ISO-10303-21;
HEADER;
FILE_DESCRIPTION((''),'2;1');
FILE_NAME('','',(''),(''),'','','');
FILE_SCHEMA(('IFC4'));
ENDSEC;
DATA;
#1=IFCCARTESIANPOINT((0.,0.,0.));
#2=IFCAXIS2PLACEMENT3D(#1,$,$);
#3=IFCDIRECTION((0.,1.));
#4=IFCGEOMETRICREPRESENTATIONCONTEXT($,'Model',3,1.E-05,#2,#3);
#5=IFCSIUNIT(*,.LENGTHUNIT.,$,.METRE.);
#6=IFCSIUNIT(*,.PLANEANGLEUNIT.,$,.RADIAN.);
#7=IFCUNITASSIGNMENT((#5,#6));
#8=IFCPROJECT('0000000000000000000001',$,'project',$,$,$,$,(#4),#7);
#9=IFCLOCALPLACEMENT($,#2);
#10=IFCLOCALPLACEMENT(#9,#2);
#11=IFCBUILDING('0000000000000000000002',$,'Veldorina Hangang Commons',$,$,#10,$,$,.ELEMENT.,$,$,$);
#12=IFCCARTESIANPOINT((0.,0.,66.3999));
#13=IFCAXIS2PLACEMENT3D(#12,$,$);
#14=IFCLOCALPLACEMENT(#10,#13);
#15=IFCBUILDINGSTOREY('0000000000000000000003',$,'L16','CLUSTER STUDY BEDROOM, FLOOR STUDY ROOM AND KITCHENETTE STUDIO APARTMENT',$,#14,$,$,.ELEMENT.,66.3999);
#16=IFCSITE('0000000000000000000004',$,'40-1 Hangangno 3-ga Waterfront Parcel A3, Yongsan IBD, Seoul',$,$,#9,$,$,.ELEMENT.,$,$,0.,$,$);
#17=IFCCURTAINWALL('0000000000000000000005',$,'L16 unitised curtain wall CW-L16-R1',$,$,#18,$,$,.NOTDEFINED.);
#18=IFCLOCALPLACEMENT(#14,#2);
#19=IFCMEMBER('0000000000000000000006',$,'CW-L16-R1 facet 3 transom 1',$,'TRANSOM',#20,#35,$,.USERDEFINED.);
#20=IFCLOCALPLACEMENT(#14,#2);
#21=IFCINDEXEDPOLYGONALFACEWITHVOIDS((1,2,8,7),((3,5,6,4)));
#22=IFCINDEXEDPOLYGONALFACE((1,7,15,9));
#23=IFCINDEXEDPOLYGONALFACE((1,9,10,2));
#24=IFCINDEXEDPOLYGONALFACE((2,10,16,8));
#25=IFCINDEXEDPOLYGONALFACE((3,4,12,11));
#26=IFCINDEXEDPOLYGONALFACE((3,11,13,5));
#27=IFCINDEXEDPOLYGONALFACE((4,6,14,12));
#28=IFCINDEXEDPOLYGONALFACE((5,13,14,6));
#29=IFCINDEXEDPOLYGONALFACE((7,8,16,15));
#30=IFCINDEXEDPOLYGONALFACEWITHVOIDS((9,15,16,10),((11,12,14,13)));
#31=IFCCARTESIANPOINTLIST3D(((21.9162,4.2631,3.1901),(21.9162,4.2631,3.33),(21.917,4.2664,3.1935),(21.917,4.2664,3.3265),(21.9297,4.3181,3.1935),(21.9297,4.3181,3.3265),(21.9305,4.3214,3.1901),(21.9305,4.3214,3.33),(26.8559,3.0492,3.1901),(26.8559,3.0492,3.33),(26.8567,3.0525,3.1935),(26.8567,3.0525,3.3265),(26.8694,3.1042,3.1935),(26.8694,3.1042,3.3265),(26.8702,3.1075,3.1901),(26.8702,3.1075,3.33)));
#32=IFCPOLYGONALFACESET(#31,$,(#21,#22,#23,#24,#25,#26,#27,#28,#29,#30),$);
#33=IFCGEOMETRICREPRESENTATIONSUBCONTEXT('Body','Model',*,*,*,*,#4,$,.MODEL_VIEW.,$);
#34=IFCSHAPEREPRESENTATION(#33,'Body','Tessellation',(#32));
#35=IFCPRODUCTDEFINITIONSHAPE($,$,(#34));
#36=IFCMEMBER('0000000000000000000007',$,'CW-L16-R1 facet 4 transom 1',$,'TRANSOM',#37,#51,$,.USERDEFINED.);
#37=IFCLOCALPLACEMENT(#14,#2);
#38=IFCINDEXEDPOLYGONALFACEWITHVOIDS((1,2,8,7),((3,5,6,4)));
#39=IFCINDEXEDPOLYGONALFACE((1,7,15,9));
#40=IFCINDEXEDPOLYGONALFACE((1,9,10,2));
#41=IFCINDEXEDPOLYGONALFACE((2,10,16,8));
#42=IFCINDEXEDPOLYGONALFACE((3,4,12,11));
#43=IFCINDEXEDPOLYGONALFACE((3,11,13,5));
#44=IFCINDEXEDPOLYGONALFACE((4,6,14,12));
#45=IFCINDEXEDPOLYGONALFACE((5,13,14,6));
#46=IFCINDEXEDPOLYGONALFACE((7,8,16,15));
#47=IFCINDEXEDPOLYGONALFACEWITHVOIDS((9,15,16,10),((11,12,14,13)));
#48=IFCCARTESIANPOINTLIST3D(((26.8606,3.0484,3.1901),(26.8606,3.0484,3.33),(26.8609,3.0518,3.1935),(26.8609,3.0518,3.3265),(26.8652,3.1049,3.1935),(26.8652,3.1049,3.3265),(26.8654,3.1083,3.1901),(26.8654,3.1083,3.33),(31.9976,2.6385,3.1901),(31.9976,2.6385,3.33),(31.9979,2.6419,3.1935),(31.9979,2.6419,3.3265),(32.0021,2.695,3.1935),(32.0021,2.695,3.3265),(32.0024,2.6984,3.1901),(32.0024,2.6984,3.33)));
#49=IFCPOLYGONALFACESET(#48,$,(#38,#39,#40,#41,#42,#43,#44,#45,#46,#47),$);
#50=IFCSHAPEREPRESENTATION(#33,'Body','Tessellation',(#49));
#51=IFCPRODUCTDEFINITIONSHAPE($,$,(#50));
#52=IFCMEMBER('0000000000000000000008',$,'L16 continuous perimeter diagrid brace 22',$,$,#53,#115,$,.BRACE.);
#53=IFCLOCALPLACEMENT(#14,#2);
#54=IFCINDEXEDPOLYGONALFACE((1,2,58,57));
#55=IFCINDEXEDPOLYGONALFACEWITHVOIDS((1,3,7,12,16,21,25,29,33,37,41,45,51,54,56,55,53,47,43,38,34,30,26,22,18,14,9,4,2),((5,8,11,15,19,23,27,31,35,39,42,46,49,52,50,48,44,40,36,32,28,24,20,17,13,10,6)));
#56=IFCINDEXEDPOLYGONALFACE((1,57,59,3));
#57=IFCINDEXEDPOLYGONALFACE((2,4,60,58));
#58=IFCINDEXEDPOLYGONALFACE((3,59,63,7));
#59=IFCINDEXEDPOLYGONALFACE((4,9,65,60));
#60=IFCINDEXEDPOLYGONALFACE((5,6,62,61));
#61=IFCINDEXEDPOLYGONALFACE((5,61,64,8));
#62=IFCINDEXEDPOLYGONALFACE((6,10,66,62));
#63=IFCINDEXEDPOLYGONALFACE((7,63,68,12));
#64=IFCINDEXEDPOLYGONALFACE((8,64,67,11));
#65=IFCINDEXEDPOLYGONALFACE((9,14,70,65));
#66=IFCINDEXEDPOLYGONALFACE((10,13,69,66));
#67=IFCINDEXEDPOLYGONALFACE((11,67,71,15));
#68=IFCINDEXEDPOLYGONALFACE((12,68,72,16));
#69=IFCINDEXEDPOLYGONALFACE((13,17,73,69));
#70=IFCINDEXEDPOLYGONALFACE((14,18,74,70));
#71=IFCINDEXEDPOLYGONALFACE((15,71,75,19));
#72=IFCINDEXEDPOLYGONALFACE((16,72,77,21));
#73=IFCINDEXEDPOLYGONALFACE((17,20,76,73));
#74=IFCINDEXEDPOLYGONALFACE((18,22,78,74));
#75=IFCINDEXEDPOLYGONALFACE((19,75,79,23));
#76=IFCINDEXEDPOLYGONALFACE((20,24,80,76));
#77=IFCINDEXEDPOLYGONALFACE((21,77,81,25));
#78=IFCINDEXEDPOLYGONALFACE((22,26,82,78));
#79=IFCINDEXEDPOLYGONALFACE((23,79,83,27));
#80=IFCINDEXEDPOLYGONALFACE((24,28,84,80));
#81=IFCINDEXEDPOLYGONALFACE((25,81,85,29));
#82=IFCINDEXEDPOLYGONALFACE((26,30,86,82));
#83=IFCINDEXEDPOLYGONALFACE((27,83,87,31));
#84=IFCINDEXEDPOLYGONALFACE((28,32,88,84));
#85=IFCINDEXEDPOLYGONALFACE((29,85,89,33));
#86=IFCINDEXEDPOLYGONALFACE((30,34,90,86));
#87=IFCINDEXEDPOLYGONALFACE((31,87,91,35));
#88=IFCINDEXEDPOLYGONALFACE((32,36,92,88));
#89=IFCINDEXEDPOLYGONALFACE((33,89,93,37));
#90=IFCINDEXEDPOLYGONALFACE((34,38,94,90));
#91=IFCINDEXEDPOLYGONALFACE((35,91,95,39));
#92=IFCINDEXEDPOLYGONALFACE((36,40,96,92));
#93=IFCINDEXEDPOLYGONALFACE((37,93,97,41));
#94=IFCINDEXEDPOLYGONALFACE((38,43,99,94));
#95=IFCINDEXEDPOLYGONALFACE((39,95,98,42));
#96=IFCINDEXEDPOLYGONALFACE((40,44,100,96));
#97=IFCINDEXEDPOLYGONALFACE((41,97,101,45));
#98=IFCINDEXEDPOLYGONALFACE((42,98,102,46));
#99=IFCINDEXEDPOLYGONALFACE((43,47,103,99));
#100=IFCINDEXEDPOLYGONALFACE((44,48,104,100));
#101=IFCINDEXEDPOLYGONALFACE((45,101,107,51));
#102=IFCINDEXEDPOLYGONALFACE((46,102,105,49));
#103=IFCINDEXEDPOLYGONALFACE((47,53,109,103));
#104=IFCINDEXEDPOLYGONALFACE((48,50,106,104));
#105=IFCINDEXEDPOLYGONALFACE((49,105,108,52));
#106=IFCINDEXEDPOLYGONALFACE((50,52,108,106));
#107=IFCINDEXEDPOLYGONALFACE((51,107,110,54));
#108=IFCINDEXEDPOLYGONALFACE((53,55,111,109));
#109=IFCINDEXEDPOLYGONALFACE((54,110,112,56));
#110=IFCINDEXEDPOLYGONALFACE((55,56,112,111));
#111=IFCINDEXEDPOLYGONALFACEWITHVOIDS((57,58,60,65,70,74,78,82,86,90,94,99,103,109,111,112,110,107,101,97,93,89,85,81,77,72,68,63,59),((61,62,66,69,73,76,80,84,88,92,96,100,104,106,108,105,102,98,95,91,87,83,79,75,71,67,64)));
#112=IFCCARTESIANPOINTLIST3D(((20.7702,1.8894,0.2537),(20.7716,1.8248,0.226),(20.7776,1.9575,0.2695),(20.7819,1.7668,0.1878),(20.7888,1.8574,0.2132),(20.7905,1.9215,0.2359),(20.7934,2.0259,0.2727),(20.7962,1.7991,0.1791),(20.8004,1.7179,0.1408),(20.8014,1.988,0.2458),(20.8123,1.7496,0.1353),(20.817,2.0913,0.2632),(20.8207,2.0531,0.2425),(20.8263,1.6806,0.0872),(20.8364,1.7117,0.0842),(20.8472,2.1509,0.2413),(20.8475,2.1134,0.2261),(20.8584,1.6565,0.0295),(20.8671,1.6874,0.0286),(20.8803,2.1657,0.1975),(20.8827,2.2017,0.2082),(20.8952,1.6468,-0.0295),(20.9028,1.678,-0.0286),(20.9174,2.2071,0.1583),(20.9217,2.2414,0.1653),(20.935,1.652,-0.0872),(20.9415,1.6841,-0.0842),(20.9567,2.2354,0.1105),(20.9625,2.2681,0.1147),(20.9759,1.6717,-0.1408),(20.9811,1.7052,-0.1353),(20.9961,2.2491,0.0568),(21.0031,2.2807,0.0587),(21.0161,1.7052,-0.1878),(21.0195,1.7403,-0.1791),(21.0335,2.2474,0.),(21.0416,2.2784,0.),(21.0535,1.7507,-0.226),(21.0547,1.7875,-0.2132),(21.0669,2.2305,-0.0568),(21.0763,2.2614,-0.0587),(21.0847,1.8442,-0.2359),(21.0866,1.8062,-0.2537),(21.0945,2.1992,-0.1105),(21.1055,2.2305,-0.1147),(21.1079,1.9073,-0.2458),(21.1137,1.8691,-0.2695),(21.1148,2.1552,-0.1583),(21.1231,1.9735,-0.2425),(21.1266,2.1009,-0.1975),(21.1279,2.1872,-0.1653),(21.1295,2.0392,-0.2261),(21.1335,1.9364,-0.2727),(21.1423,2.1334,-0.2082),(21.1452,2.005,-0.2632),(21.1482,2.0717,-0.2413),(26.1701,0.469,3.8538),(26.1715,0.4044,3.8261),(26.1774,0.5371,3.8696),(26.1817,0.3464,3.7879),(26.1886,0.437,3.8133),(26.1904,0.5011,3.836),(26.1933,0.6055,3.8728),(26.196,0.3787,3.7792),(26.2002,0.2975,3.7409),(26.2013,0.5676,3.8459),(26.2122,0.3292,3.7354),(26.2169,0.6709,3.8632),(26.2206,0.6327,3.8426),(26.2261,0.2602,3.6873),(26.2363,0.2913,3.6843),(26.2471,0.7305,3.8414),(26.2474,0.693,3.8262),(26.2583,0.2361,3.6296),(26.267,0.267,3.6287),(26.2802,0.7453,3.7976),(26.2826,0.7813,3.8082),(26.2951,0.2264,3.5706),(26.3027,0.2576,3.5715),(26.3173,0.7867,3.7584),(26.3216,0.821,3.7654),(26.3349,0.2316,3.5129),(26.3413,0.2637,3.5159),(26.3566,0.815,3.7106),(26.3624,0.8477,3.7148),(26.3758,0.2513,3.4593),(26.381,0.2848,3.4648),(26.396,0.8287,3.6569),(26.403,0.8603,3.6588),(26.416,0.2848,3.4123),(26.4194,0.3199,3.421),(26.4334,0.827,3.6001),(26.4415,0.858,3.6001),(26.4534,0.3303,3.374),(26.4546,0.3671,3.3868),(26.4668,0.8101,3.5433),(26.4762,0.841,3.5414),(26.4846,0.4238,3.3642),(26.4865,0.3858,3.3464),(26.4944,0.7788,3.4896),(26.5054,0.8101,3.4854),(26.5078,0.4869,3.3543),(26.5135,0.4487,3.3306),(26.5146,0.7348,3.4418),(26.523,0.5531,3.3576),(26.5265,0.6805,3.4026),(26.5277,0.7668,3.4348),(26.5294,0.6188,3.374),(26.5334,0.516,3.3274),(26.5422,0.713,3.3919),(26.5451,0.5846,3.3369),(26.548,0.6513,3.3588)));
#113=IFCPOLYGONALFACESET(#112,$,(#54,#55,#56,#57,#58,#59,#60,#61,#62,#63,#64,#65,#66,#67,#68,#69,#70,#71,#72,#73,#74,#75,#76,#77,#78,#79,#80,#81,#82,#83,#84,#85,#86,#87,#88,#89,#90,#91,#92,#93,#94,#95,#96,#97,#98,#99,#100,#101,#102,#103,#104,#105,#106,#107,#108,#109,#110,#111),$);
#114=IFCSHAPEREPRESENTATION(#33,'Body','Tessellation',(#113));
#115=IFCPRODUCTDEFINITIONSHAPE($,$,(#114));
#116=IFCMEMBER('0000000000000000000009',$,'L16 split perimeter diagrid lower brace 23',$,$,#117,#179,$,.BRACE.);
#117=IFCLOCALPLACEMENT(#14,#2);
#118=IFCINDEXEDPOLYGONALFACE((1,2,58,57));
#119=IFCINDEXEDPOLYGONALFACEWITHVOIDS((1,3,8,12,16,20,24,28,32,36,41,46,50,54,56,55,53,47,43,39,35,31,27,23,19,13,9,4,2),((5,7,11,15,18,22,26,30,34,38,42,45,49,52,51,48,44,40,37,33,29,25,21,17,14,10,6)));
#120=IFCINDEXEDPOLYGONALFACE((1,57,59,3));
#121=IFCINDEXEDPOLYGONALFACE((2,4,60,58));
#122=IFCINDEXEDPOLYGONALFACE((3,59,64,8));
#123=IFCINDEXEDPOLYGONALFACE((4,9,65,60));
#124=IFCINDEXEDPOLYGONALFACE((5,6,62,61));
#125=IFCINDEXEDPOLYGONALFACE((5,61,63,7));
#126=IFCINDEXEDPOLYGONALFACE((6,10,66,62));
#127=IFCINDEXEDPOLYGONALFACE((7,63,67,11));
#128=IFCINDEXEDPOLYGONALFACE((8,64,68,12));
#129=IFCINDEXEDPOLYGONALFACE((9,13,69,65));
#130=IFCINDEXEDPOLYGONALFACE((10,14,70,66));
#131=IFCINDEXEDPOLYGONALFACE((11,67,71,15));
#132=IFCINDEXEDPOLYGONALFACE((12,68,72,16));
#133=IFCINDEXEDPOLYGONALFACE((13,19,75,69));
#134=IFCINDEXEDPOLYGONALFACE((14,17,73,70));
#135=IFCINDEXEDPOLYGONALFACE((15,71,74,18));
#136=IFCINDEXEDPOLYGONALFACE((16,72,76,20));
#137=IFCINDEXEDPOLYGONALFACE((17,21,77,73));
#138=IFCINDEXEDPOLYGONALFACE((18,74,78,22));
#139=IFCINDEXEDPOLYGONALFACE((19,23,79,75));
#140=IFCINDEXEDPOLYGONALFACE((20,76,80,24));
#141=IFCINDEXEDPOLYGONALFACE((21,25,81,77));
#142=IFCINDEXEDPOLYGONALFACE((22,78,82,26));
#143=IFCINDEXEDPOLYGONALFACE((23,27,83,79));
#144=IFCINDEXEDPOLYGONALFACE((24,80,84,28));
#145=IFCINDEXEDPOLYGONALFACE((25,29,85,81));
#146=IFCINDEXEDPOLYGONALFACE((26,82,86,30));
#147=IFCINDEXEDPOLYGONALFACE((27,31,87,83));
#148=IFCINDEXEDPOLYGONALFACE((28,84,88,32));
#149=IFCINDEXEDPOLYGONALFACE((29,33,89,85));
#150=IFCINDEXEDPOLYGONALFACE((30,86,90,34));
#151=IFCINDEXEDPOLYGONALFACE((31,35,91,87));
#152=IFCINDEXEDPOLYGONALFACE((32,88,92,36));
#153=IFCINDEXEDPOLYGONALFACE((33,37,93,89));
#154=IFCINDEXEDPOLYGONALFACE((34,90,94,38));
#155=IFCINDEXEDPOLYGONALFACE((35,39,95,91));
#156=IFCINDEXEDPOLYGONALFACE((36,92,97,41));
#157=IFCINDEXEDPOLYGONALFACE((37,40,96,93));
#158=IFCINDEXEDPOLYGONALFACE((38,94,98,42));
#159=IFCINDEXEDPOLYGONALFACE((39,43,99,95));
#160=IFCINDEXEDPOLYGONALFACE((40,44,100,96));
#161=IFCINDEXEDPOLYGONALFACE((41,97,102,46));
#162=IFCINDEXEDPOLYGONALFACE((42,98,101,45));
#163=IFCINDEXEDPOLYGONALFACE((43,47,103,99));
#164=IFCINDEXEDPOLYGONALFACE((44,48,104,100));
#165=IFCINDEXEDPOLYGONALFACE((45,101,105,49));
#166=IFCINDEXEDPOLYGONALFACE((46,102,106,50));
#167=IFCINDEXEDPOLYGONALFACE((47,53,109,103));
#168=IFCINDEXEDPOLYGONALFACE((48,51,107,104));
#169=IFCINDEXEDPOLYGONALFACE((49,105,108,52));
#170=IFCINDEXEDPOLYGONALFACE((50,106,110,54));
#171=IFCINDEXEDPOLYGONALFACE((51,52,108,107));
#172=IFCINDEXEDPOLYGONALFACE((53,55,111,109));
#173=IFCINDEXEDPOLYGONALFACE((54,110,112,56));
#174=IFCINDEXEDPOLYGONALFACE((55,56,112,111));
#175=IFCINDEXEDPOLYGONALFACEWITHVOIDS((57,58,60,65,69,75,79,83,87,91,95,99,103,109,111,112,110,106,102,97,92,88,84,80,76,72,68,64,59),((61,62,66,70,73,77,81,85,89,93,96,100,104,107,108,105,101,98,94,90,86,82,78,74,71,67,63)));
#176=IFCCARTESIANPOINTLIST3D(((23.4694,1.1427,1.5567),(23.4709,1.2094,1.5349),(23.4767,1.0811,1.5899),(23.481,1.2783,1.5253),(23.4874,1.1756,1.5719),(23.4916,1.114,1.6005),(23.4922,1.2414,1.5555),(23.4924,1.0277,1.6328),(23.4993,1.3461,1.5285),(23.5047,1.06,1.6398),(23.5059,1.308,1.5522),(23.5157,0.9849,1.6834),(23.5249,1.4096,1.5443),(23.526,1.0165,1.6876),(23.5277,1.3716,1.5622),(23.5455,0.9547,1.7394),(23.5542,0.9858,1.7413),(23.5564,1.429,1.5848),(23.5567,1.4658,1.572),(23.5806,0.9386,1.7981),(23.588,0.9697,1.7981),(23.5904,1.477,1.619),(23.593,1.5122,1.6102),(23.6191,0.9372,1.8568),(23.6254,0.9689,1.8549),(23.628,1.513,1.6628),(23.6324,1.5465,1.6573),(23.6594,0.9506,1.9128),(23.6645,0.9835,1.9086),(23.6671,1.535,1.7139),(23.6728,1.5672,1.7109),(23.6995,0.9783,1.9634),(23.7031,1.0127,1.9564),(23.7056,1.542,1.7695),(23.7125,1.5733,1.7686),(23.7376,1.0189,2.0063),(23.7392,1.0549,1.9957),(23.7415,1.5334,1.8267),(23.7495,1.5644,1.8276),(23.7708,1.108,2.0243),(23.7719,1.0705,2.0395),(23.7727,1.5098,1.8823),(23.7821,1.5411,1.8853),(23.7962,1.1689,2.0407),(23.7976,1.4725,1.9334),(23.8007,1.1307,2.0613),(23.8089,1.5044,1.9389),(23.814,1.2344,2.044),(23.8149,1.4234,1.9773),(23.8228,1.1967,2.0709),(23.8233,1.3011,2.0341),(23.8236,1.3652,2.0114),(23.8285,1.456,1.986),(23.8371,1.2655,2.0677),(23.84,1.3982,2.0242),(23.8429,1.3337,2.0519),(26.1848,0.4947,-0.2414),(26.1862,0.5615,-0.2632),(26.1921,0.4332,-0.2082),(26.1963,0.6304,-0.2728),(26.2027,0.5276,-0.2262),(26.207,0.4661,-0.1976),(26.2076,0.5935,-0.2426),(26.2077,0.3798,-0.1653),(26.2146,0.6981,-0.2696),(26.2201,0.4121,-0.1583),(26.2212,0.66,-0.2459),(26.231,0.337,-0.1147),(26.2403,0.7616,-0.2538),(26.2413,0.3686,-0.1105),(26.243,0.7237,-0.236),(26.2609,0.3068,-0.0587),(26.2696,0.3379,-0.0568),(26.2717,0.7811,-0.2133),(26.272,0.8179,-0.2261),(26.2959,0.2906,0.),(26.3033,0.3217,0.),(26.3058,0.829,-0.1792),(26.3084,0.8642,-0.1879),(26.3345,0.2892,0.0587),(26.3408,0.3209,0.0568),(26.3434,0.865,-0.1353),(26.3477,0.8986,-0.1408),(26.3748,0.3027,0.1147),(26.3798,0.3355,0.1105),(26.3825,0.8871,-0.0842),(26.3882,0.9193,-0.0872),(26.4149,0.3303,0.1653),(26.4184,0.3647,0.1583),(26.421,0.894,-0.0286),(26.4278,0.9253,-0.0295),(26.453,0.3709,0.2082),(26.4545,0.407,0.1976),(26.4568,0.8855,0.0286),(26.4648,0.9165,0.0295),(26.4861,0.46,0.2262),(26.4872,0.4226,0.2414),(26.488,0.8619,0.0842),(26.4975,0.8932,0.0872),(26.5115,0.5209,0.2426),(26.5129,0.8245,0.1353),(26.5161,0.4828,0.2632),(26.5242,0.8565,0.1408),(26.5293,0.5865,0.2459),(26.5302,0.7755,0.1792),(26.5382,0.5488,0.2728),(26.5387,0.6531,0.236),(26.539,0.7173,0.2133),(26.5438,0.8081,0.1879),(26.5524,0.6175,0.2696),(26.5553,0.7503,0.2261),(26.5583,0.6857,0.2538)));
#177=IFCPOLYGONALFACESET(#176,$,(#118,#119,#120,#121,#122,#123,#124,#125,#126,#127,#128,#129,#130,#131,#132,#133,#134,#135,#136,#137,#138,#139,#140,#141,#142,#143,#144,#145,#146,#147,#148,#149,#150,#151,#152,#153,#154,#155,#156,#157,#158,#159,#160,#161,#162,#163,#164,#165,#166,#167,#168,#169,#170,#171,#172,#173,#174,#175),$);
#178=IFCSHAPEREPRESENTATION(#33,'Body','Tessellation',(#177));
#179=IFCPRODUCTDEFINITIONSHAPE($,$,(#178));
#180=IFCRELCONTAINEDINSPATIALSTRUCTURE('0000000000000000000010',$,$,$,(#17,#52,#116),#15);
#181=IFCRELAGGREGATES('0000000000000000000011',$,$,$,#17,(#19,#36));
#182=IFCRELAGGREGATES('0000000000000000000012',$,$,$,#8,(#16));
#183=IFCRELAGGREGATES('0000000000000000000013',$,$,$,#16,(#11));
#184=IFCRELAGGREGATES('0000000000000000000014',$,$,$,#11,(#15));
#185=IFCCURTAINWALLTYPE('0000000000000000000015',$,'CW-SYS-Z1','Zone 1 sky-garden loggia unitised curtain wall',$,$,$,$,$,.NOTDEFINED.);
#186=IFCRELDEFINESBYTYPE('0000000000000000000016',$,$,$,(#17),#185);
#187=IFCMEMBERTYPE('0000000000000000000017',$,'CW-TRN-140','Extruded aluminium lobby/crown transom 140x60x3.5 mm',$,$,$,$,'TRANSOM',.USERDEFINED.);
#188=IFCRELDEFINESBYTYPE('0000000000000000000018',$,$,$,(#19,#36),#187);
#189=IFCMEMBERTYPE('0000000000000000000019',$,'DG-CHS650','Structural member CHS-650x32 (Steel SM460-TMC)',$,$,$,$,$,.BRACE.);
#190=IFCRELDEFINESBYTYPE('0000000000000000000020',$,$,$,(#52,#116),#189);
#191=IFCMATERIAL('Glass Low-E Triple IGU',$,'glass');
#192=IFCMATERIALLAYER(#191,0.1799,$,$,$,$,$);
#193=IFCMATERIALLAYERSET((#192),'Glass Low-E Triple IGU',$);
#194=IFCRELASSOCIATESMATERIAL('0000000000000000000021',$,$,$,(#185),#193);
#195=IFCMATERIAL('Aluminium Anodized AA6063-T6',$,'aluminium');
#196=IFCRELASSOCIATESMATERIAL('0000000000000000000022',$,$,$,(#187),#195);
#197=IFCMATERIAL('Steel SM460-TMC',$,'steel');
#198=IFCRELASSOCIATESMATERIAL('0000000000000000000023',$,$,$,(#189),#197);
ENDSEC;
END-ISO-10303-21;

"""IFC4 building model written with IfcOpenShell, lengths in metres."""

from ifc_helpers import new_model, si_unit, direction, frame, origin, origin_2d, place, context, subcontext, project, spatial, hollow_rectangle, hollow_circle, extrude, material, layer, layer_set, material_profile, profile_set, type_object, element, aggregate, save


model = new_model("IFC4")

# Units and contexts
model_context = context("Model", 3, precision=1e-05, world=origin(), true_north=direction((0.0, 1.0)))
body_context = subcontext(model_context, "Body", "Model", "MODEL_VIEW")
ifc_project = project(units=[si_unit("LENGTHUNIT", "METRE"), si_unit("PLANEANGLEUNIT", "RADIAN")], contexts=[model_context])

# Site, building, storey
site_placement = place(None, origin())
site = spatial("IfcSite", under=ifc_project, at=site_placement, Name="40-1 Hangangno 3-ga Waterfront Parcel A3, Yongsan IBD, Seoul", CompositionType="ELEMENT", RefElevation=0.0)
building_placement = place(site_placement, origin())
building = spatial("IfcBuilding", under=site, at=building_placement, Name="Veldorina Hangang Commons", CompositionType="ELEMENT")
storey_placement = place(building_placement, frame((0.0, 0.0, 66.3999)))
storey = spatial("IfcBuildingStorey", under=building, at=storey_placement, Name="L16", Description="CLUSTER STUDY BEDROOM, FLOOR STUDY ROOM AND KITCHENETTE STUDIO APARTMENT", CompositionType="ELEMENT", Elevation=66.3999)

# Curtain wall, members
ifc_material_1 = material(Name="Glass Low-E Triple IGU", Category="glass")
ifc_layer_1 = layer(ifc_material_1, 0.1799)
ifc_layer_set_1 = layer_set([ifc_layer_1], Name="Glass Low-E Triple IGU")
curtain_wall_type = type_object("IfcCurtainWallType", Name="CW-SYS-Z1", Description="Zone 1 sky-garden loggia unitised curtain wall", PredefinedType="NOTDEFINED", material=ifc_layer_set_1)
curtain_wall_placement = place(storey_placement, origin())
curtain_wall = element("IfcCurtainWall", 1, at=curtain_wall_placement, inside=storey, type_object=curtain_wall_type, Name="L16 unitised curtain wall CW-L16-R1", PredefinedType="NOTDEFINED")
ifc_material_2 = material(Name="Aluminium Anodized AA6063-T6", Category="aluminium")
ifc_material_profile_1 = material_profile(ifc_material_2, hollow_rectangle(XDim=0.0601, YDim=0.1399, WallThickness=0.0034, at=origin_2d()), Name="ALU-RHS-140x60x3.5")
ifc_profile_set_1 = profile_set([ifc_material_profile_1], Name="Aluminium Anodized AA6063-T6")
member_type_1 = type_object("IfcMemberType", Name="CW-TRN-140", Description="Extruded aluminium lobby/crown transom 140x60x3.5 mm", ElementType="TRANSOM", PredefinedType="USERDEFINED", material=ifc_profile_set_1)
member_1_placement = place(storey_placement, frame((21.9233, 4.2922, 3.26), z_axis=(0.971109, -0.238638, 0.0), x_axis=(0.238638, 0.971109, 0.0)))
member_1 = element("IfcMember", 2, at=member_1_placement, type_object=member_type_1, Name="CW-L16-R1 facet 3 transom 1", ObjectType="TRANSOM", PredefinedType="USERDEFINED", context=body_context, shape_type="SweptSolid", body=[
    extrude(hollow_rectangle(XDim=0.0601, YDim=0.1399, WallThickness=0.0034, at=origin_2d()), origin(), (0.0, 0.0, 1.0), 5.0867),
])
member_2_placement = place(storey_placement, frame((26.863, 3.0784, 3.26), z_axis=(0.996831, -0.079544, 0.0), x_axis=(0.079544, 0.996831, 0.0)))
member_2 = element("IfcMember", 3, at=member_2_placement, type_object=member_type_1, Name="CW-L16-R1 facet 4 transom 1", ObjectType="TRANSOM", PredefinedType="USERDEFINED", context=body_context, shape_type="SweptSolid", body=[
    extrude(hollow_rectangle(XDim=0.0601, YDim=0.1399, WallThickness=0.0034, at=origin_2d()), origin(), (0.0, 0.0, 1.0), 5.1533),
])

# Members
ifc_material_3 = material(Name="Steel SM460-TMC", Category="steel")
ifc_material_profile_2 = material_profile(ifc_material_3, hollow_circle(Radius=0.325, WallThickness=0.032, at=origin_2d()), Name="CHS-650x32")
ifc_profile_set_2 = profile_set([ifc_material_profile_2], Name="Steel SM460-TMC")
member_type_2 = type_object("IfcMemberType", Name="DG-CHS650", Description="Structural member CHS-650x32 (Steel SM460-TMC)", PredefinedType="BRACE", material=ifc_profile_set_2)
member_3_placement = place(storey_placement, frame((20.959, 1.9641, 0.0), z_axis=(0.8128, -0.213802, 0.541891), x_axis=(0.25439, 0.967102, 0.0)))
element("IfcMember", 4, at=member_3_placement, inside=storey, type_object=member_type_2, Name="L16 continuous perimeter diagrid brace 22", PredefinedType="BRACE", context=body_context, shape_type="SweptSolid", body=[
    extrude(hollow_circle(Radius=0.325, WallThickness=0.032, at=origin_2d()), origin(), (0.0, 0.0, 1.0), 6.6436),
])
member_4_placement = place(storey_placement, frame((26.3713, 0.6067, 0.0), z_axis=(-0.817737, 0.195133, 0.541506), x_axis=(-0.232109, -0.97269, 0.0)))
element("IfcMember", 5, at=member_4_placement, inside=storey, type_object=member_type_2, Name="L16 split perimeter diagrid lower brace 23", PredefinedType="BRACE", context=body_context, shape_type="SweptSolid", body=[
    extrude(hollow_circle(Radius=0.325, WallThickness=0.032, at=origin_2d()), origin(), (0.0, 0.0, 1.0), 3.3206),
])

aggregate(curtain_wall, [member_1, member_2])

save(model, "model.ifc")
